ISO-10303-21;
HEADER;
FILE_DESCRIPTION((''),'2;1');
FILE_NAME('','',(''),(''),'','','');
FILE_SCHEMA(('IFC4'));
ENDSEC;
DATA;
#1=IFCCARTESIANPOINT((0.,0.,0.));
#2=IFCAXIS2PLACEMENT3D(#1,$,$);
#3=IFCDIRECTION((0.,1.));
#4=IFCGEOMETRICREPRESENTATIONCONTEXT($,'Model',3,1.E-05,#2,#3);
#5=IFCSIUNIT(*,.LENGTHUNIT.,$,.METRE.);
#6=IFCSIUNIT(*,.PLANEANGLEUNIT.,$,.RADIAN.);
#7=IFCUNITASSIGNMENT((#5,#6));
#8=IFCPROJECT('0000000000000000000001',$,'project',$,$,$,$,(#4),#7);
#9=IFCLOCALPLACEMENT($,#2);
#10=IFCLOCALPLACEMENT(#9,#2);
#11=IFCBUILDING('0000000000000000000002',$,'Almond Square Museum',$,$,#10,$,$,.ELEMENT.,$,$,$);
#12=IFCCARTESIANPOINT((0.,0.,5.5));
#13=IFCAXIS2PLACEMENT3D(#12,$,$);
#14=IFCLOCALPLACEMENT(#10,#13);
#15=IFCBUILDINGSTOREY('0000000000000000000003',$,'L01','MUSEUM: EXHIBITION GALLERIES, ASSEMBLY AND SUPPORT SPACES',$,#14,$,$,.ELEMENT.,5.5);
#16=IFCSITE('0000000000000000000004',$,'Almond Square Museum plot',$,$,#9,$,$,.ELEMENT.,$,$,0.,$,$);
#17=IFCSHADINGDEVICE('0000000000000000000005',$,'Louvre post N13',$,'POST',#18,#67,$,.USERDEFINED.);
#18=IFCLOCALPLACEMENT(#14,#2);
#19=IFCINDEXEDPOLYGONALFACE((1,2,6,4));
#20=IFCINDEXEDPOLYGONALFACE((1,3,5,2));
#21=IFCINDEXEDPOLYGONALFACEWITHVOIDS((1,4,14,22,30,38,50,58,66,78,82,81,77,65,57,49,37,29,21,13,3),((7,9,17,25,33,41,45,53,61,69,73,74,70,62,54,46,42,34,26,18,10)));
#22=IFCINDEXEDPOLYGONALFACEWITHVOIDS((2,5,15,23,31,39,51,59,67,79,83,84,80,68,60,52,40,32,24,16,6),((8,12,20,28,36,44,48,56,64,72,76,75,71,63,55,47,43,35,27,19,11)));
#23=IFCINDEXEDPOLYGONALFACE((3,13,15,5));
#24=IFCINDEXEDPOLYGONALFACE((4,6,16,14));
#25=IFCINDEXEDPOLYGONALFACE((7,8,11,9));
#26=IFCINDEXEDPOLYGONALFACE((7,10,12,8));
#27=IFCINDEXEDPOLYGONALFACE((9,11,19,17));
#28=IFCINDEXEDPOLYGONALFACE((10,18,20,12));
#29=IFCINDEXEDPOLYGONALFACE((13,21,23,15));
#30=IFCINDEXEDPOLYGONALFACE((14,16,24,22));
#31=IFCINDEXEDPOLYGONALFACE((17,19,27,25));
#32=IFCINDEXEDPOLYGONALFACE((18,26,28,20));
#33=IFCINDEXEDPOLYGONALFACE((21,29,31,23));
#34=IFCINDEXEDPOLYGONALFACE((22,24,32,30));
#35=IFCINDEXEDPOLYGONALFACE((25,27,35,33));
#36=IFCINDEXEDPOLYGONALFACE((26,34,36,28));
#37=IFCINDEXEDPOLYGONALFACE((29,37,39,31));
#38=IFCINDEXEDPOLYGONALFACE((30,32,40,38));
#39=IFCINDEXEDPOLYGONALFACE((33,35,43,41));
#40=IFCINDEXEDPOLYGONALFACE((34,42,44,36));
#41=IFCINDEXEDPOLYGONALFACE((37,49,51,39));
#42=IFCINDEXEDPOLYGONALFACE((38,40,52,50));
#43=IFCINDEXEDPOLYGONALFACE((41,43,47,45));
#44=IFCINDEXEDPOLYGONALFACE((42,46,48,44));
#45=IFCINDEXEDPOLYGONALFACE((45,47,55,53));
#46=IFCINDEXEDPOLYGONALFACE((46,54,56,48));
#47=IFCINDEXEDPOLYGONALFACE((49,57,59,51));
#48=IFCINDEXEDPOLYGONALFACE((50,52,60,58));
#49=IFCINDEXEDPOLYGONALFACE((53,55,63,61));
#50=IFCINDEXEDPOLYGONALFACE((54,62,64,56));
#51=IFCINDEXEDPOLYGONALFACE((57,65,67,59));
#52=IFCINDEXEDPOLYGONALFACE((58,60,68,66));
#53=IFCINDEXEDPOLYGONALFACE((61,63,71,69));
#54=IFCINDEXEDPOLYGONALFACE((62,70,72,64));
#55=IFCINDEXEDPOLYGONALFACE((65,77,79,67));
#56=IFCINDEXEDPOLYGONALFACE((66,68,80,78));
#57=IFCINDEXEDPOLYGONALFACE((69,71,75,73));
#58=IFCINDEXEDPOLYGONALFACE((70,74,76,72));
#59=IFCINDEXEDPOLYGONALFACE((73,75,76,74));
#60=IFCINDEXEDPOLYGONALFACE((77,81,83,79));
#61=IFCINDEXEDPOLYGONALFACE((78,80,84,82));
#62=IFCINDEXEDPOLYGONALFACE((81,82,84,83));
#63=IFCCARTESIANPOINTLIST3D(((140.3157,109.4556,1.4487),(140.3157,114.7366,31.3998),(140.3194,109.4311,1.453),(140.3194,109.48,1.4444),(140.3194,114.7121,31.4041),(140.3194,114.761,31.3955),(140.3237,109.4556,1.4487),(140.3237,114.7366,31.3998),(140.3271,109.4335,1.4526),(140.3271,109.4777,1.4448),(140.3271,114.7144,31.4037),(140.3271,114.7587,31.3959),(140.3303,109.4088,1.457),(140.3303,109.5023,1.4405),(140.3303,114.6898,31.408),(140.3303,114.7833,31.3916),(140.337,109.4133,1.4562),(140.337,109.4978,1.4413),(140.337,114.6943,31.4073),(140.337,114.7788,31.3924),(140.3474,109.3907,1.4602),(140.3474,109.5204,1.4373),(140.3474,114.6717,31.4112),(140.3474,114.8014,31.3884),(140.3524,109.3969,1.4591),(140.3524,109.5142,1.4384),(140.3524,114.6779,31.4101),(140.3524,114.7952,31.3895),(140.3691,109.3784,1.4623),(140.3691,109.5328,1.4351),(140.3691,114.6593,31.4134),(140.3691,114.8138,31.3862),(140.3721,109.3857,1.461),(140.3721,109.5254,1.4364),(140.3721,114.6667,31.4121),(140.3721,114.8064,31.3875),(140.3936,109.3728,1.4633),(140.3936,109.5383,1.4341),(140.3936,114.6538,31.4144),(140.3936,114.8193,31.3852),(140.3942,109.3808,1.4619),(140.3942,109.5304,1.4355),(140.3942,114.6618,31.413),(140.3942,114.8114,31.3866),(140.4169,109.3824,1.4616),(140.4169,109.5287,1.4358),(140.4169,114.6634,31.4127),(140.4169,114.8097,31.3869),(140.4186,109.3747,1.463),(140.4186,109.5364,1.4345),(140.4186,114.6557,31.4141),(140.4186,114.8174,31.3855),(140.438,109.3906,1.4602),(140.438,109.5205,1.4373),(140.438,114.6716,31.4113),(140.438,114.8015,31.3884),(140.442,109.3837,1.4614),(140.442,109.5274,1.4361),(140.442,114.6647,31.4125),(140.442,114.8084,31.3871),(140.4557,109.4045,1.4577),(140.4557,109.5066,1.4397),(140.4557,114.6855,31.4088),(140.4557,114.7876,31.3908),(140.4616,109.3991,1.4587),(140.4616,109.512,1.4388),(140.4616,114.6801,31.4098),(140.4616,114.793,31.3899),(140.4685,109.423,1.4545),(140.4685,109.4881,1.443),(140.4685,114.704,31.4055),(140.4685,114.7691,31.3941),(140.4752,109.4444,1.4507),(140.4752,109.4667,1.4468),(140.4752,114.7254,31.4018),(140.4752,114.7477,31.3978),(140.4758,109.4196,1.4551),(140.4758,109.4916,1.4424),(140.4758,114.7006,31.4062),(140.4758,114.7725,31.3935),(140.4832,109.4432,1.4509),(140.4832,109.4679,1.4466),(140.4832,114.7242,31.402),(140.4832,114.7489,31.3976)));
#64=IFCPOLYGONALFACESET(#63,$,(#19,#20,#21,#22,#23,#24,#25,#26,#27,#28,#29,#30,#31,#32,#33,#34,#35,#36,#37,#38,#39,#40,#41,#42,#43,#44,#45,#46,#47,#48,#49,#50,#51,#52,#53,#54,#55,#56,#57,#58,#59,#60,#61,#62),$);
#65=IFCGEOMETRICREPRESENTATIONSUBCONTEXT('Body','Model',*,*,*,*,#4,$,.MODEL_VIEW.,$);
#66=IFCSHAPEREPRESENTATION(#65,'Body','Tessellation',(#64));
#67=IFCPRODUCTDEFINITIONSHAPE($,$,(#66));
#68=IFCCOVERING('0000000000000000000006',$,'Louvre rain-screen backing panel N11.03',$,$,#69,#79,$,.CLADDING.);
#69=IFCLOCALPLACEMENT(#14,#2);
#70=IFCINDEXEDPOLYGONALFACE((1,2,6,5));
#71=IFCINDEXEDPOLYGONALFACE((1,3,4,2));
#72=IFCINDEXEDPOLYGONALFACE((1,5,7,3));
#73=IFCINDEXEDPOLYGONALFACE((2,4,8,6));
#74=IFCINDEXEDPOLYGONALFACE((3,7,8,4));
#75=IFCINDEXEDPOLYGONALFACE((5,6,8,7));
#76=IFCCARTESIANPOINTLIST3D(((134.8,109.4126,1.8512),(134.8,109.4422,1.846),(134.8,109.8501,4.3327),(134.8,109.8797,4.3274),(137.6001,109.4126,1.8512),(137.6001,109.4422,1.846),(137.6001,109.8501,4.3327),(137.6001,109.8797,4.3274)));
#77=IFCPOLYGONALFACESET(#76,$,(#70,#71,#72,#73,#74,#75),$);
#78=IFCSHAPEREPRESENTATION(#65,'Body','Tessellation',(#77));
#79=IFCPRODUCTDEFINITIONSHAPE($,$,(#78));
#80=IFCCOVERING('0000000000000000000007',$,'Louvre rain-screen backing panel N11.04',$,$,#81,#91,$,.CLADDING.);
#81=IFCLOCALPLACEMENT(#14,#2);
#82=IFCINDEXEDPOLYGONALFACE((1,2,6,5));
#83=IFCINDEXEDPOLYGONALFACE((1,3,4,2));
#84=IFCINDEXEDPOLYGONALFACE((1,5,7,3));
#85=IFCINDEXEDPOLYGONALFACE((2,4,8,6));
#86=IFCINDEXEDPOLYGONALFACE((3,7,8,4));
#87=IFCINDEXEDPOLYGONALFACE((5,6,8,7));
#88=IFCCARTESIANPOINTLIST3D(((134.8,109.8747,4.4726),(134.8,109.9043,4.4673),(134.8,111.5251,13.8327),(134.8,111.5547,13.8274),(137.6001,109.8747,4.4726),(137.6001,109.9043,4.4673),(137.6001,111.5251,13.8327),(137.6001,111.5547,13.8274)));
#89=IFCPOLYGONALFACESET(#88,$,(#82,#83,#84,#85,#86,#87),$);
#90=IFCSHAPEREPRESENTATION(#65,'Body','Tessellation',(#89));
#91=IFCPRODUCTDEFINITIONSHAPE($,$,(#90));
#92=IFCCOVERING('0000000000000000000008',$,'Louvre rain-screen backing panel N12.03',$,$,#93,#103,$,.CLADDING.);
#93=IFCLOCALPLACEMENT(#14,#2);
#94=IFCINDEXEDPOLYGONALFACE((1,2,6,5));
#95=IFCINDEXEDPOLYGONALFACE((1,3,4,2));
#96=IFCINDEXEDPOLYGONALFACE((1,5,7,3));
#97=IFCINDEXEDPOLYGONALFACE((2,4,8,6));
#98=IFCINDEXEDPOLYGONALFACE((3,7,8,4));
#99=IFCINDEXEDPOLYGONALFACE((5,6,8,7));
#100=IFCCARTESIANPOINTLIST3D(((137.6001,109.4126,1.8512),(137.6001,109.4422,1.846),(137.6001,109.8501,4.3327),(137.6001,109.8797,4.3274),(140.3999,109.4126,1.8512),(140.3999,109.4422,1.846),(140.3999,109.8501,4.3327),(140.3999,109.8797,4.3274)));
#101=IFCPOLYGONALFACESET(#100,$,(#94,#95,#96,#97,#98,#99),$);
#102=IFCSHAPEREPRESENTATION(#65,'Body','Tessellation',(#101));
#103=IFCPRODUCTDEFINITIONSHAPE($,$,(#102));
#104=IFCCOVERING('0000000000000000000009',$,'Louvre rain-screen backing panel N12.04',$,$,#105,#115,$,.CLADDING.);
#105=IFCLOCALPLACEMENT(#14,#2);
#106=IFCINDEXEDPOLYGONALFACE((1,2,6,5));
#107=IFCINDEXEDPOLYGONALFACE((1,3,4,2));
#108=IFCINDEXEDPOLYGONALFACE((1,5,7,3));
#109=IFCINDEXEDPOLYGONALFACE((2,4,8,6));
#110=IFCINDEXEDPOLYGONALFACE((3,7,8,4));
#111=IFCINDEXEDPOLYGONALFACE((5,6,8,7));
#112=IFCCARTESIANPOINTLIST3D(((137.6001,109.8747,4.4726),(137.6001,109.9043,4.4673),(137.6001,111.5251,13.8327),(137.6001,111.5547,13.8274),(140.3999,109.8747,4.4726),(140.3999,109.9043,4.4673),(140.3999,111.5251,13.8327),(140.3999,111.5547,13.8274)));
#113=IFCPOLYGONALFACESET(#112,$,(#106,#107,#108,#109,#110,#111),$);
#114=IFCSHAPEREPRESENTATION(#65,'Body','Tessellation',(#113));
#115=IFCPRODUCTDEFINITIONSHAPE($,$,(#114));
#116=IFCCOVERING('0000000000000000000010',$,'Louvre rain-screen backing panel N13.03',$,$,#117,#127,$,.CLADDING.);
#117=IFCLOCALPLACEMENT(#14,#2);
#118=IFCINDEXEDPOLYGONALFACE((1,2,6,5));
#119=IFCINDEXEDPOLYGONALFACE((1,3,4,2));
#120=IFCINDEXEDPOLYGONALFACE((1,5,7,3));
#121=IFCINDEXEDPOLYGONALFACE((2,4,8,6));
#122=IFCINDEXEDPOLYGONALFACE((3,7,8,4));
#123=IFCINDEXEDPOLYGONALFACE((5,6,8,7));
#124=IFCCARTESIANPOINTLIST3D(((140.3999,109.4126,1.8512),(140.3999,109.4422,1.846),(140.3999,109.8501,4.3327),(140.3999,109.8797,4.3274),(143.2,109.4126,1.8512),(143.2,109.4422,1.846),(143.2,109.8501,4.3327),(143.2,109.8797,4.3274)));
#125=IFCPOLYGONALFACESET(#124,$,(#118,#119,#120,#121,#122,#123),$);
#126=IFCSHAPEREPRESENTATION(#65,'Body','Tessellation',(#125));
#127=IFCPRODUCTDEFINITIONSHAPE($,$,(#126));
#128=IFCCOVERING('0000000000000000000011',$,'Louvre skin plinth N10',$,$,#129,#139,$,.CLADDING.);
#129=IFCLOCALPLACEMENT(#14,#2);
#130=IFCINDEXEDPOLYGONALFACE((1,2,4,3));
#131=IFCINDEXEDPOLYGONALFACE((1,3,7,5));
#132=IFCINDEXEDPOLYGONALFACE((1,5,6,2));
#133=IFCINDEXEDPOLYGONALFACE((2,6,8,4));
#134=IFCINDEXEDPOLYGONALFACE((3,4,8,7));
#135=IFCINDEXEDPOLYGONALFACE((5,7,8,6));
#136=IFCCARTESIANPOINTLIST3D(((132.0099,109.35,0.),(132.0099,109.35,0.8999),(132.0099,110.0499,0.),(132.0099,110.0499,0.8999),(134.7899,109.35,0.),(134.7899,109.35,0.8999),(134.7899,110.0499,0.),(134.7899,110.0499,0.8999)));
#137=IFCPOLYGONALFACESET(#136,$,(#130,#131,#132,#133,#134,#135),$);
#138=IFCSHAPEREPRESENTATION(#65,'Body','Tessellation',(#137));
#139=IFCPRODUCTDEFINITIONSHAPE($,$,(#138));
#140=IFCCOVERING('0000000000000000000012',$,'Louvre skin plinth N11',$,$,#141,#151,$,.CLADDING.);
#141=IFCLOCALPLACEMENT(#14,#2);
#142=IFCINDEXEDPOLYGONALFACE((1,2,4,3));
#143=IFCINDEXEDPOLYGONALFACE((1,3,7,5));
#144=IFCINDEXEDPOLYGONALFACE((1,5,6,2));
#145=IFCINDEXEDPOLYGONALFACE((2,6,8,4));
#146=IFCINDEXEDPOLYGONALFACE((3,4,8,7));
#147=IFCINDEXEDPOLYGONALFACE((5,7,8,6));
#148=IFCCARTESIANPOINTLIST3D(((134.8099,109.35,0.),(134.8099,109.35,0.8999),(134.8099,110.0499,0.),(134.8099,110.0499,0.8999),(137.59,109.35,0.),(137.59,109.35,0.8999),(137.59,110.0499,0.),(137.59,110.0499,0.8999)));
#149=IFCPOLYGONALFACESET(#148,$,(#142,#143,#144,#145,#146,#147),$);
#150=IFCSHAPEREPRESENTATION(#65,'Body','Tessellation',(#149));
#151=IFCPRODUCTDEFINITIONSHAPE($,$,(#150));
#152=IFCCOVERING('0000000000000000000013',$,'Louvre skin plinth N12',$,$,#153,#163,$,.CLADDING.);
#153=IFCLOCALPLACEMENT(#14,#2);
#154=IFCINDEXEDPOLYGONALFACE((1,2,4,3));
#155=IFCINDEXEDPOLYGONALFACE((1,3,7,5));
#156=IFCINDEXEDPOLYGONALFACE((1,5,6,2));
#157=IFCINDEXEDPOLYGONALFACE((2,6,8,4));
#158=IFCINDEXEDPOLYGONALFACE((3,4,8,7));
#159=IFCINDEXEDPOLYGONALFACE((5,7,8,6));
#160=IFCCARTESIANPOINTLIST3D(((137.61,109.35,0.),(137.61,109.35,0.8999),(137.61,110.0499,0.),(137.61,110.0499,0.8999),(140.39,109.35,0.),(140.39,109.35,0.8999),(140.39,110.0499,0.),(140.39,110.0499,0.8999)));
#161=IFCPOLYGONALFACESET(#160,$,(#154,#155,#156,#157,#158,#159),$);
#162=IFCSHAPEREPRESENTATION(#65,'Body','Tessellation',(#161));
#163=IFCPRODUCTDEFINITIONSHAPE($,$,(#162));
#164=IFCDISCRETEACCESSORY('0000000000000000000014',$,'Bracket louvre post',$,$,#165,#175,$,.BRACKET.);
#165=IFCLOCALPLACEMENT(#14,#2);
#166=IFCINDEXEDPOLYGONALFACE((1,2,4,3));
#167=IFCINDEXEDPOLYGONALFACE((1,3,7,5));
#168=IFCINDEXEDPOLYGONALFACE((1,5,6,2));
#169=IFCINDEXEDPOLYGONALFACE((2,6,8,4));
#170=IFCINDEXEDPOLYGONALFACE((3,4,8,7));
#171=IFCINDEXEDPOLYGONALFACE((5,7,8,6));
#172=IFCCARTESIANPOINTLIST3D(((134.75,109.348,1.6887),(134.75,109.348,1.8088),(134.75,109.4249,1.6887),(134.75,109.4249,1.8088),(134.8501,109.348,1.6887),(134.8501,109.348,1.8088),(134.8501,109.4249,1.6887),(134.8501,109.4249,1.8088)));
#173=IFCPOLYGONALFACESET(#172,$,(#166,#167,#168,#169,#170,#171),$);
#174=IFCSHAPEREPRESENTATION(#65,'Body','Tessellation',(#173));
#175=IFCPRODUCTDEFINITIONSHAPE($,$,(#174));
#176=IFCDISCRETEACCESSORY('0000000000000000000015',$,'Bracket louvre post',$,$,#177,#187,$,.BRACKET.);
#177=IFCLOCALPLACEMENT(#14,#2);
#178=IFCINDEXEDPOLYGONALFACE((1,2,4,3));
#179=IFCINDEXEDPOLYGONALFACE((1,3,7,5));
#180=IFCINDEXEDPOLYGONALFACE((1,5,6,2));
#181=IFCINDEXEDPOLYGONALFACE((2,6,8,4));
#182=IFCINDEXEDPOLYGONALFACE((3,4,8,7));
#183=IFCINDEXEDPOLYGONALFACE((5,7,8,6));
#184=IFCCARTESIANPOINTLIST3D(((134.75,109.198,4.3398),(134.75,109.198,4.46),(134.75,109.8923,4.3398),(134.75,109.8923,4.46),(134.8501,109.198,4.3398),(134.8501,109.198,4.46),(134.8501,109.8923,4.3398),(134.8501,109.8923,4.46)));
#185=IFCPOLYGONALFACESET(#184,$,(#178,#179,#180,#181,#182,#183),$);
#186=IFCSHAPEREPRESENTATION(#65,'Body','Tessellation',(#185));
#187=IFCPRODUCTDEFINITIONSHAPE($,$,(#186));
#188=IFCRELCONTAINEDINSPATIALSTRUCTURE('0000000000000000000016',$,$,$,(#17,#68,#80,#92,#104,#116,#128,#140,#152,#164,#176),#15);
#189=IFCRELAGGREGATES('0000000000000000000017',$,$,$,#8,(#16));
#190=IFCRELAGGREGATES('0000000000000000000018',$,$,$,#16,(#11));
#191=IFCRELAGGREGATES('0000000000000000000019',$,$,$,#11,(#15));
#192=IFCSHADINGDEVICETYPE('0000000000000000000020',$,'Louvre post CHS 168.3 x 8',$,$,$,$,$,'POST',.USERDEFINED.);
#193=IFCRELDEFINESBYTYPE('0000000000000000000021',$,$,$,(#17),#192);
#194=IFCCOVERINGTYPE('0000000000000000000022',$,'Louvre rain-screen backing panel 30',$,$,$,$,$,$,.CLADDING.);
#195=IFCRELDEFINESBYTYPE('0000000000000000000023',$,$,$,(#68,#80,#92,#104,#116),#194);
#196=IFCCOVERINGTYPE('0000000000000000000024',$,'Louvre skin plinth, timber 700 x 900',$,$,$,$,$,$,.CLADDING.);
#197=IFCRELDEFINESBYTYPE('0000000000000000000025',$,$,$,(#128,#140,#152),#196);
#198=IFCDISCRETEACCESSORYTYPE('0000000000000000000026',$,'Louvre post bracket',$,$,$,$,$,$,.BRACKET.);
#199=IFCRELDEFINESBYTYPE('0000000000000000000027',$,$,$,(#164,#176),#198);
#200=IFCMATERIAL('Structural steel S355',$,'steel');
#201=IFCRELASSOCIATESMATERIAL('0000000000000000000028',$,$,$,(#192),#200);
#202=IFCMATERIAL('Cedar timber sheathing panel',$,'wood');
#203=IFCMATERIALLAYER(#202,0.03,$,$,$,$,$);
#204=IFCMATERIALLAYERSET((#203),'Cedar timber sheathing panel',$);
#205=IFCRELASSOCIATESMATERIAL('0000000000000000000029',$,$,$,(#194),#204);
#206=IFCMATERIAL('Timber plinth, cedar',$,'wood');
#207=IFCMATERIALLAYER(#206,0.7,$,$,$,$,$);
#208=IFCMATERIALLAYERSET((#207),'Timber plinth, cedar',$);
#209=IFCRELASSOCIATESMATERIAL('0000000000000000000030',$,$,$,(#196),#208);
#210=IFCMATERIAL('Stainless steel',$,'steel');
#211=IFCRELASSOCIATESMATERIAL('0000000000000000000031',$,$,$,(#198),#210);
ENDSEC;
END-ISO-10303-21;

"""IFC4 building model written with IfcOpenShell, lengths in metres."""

from ifc_helpers import new_model, si_unit, direction, frame, origin, origin_2d, place, context, subcontext, project, spatial, polyline, rectangle, hollow_circle, outline, extrude, material, layer, layer_set, material_profile, profile_set, type_object, element, save


model = new_model("IFC4")

# Units and contexts
model_context = context("Model", 3, precision=1e-05, world=origin(), true_north=direction((0.0, 1.0)))
body_context = subcontext(model_context, "Body", "Model", "MODEL_VIEW")
ifc_project = project(units=[si_unit("LENGTHUNIT", "METRE"), si_unit("PLANEANGLEUNIT", "RADIAN")], contexts=[model_context])

# Site, building, storey
site_placement = place(None, origin())
site = spatial("IfcSite", under=ifc_project, at=site_placement, Name="Almond Square Museum plot", CompositionType="ELEMENT", RefElevation=0.0)
building_placement = place(site_placement, origin())
building = spatial("IfcBuilding", under=site, at=building_placement, Name="Almond Square Museum", CompositionType="ELEMENT")
storey_placement = place(building_placement, frame((0.0, 0.0, 5.5)))
storey = spatial("IfcBuildingStorey", under=building, at=storey_placement, Name="L01", Description="MUSEUM: EXHIBITION GALLERIES, ASSEMBLY AND SUPPORT SPACES", CompositionType="ELEMENT", Elevation=5.5)

# Shading device
ifc_material_1 = material(Name="Structural steel S355", Category="steel")
ifc_material_profile_1 = material_profile(ifc_material_1, hollow_circle(Radius=0.0842, WallThickness=0.0081, at=origin_2d()))
ifc_profile_set_1 = profile_set([ifc_material_profile_1], Name="Structural steel S355")
shading_device_type = type_object("IfcShadingDeviceType", Name="Louvre post CHS 168.3 x 8", ElementType="POST", PredefinedType="USERDEFINED", material=ifc_profile_set_1)
for number, where, z_axis, x_axis, name in (
    (1, (140.3999, 109.4556, 1.4487), (0.0, 0.173642, 0.984809), (-1.0, 0.0, 0.0), "Louvre post N13"),
):
    element("IfcShadingDevice", number, at=place(storey_placement, frame(where, z_axis=z_axis, x_axis=x_axis)), inside=storey, type_object=shading_device_type, Name=name, ObjectType="POST", PredefinedType="USERDEFINED", context=body_context, shape_type="SweptSolid", body=[
        extrude(hollow_circle(Radius=0.0842, WallThickness=0.0081, at=origin_2d()), origin(), (0.0, 0.0, 1.0), 30.4131),
    ])

# Coverings
ifc_material_2 = material(Name="Cedar timber sheathing panel", Category="wood")
ifc_layer_1 = layer(ifc_material_2, 0.03)
ifc_layer_set_1 = layer_set([ifc_layer_1], Name="Cedar timber sheathing panel")
covering_type_1 = type_object("IfcCoveringType", Name="Louvre rain-screen backing panel 30", PredefinedType="CLADDING", material=ifc_layer_set_1)
covering_1_placement = place(storey_placement, frame((134.8, 109.4272, 1.8486), z_axis=(0.0, -0.984811, 0.173631), x_axis=(1.0, 0.0, 0.0)))
element("IfcCovering", 2, at=covering_1_placement, inside=storey, type_object=covering_type_1, Name="Louvre rain-screen backing panel N11.03", PredefinedType="CLADDING", context=body_context, shape_type="SweptSolid", body=[
    extrude(outline(polyline([(0.0, 0.0), (2.8, 0.0), (2.8, 2.5197), (0.0, 2.5197), (0.0, 0.0)])), frame((0.0, 0.0, -0.0151)), (0.0, 0.0, 1.0), 0.03),
])
covering_2_placement = place(storey_placement, frame((134.8, 109.8894, 4.47), z_axis=(0.0, -0.984809, 0.173643), x_axis=(1.0, 0.0, 0.0)))
element("IfcCovering", 3, at=covering_2_placement, inside=storey, type_object=covering_type_1, Name="Louvre rain-screen backing panel N11.04", PredefinedType="CLADDING", context=body_context, shape_type="SweptSolid", body=[
    extrude(outline(polyline([(0.0, 0.0), (2.8, 0.0), (2.8, 9.5045), (0.0, 9.5045), (0.0, 0.0)])), frame((0.0, 0.0, -0.0151)), (0.0, 0.0, 1.0), 0.03),
])
covering_3_placement = place(storey_placement, frame((137.6001, 109.4272, 1.8486), z_axis=(0.0, -0.984811, 0.173631), x_axis=(1.0, 0.0, 0.0)))
element("IfcCovering", 4, at=covering_3_placement, inside=storey, type_object=covering_type_1, Name="Louvre rain-screen backing panel N12.03", PredefinedType="CLADDING", context=body_context, shape_type="SweptSolid", body=[
    extrude(outline(polyline([(0.0, 0.0), (2.7998, 0.0), (2.7998, 2.5197), (0.0, 2.5197), (0.0, 0.0)])), frame((0.0, 0.0, -0.0151)), (0.0, 0.0, 1.0), 0.03),
])
covering_4_placement = place(storey_placement, frame((137.6001, 109.8894, 4.47), z_axis=(0.0, -0.984809, 0.173643), x_axis=(1.0, 0.0, 0.0)))
element("IfcCovering", 5, at=covering_4_placement, inside=storey, type_object=covering_type_1, Name="Louvre rain-screen backing panel N12.04", PredefinedType="CLADDING", context=body_context, shape_type="SweptSolid", body=[
    extrude(outline(polyline([(0.0, 0.0), (2.7998, 0.0), (2.7998, 9.5045), (0.0, 9.5045), (0.0, 0.0)])), frame((0.0, 0.0, -0.0151)), (0.0, 0.0, 1.0), 0.03),
])
covering_5_placement = place(storey_placement, frame((140.3999, 109.4272, 1.8486), z_axis=(0.0, -0.984811, 0.173631), x_axis=(1.0, 0.0, 0.0)))
element("IfcCovering", 6, at=covering_5_placement, inside=storey, type_object=covering_type_1, Name="Louvre rain-screen backing panel N13.03", PredefinedType="CLADDING", context=body_context, shape_type="SweptSolid", body=[
    extrude(outline(polyline([(0.0, 0.0), (2.8, 0.0), (2.8, 2.5197), (0.0, 2.5197), (0.0, 0.0)])), frame((0.0, 0.0, -0.0151)), (0.0, 0.0, 1.0), 0.03),
])
ifc_material_3 = material(Name="Timber plinth, cedar", Category="wood")
ifc_layer_2 = layer(ifc_material_3, 0.7)
ifc_layer_set_2 = layer_set([ifc_layer_2], Name="Timber plinth, cedar")
covering_type_2 = type_object("IfcCoveringType", Name="Louvre skin plinth, timber 700 x 900", PredefinedType="CLADDING", material=ifc_layer_set_2)
for number, where, z_axis, x_axis, name in (
    (7, (133.3999, 109.7, 0.0), (0.0, 0.0, 1.0), (1.0, 0.0, 0.0), "Louvre skin plinth N10"),
    (8, (136.2, 109.7, 0.0), (0.0, 0.0, 1.0), (1.0, 0.0, 0.0), "Louvre skin plinth N11"),
    (9, (139.0, 109.7, 0.0), (0.0, 0.0, 1.0), (1.0, 0.0, 0.0), "Louvre skin plinth N12"),
):
    element("IfcCovering", number, at=place(storey_placement, frame(where, z_axis=z_axis, x_axis=x_axis)), inside=storey, type_object=covering_type_2, Name=name, PredefinedType="CLADDING", context=body_context, shape_type="SweptSolid", body=[
        extrude(rectangle(XDim=2.78, YDim=0.7, at=origin_2d()), origin(), (0.0, 0.0, 1.0), 0.8999),
    ])

# Discrete accessories
ifc_material_4 = material(Name="Stainless steel", Category="steel")
discrete_accessory_type = type_object("IfcDiscreteAccessoryType", Name="Louvre post bracket", PredefinedType="BRACKET", material=ifc_material_4)
discrete_accessory_1_placement = place(storey_placement, frame((134.8, 109.3865, 1.6887), z_axis=(0.0, 0.0, 1.0), x_axis=(1.0, 0.0, 0.0)))
element("IfcDiscreteAccessory", 10, at=discrete_accessory_1_placement, inside=storey, type_object=discrete_accessory_type, Name="Bracket louvre post", PredefinedType="BRACKET", context=body_context, shape_type="SweptSolid", body=[
    extrude(rectangle(XDim=0.1001, YDim=0.0769, at=origin_2d()), origin(), (0.0, 0.0, 1.0), 0.1201),
])
discrete_accessory_2_placement = place(storey_placement, frame((134.8, 109.5452, 4.3398), z_axis=(0.0, 0.0, 1.0), x_axis=(1.0, 0.0, 0.0)))
element("IfcDiscreteAccessory", 11, at=discrete_accessory_2_placement, inside=storey, type_object=discrete_accessory_type, Name="Bracket louvre post", PredefinedType="BRACKET", context=body_context, shape_type="SweptSolid", body=[
    extrude(rectangle(XDim=0.1001, YDim=0.6943, at=origin_2d()), origin(), (0.0, 0.0, 1.0), 0.1201),
])

save(model, "model.ifc")
